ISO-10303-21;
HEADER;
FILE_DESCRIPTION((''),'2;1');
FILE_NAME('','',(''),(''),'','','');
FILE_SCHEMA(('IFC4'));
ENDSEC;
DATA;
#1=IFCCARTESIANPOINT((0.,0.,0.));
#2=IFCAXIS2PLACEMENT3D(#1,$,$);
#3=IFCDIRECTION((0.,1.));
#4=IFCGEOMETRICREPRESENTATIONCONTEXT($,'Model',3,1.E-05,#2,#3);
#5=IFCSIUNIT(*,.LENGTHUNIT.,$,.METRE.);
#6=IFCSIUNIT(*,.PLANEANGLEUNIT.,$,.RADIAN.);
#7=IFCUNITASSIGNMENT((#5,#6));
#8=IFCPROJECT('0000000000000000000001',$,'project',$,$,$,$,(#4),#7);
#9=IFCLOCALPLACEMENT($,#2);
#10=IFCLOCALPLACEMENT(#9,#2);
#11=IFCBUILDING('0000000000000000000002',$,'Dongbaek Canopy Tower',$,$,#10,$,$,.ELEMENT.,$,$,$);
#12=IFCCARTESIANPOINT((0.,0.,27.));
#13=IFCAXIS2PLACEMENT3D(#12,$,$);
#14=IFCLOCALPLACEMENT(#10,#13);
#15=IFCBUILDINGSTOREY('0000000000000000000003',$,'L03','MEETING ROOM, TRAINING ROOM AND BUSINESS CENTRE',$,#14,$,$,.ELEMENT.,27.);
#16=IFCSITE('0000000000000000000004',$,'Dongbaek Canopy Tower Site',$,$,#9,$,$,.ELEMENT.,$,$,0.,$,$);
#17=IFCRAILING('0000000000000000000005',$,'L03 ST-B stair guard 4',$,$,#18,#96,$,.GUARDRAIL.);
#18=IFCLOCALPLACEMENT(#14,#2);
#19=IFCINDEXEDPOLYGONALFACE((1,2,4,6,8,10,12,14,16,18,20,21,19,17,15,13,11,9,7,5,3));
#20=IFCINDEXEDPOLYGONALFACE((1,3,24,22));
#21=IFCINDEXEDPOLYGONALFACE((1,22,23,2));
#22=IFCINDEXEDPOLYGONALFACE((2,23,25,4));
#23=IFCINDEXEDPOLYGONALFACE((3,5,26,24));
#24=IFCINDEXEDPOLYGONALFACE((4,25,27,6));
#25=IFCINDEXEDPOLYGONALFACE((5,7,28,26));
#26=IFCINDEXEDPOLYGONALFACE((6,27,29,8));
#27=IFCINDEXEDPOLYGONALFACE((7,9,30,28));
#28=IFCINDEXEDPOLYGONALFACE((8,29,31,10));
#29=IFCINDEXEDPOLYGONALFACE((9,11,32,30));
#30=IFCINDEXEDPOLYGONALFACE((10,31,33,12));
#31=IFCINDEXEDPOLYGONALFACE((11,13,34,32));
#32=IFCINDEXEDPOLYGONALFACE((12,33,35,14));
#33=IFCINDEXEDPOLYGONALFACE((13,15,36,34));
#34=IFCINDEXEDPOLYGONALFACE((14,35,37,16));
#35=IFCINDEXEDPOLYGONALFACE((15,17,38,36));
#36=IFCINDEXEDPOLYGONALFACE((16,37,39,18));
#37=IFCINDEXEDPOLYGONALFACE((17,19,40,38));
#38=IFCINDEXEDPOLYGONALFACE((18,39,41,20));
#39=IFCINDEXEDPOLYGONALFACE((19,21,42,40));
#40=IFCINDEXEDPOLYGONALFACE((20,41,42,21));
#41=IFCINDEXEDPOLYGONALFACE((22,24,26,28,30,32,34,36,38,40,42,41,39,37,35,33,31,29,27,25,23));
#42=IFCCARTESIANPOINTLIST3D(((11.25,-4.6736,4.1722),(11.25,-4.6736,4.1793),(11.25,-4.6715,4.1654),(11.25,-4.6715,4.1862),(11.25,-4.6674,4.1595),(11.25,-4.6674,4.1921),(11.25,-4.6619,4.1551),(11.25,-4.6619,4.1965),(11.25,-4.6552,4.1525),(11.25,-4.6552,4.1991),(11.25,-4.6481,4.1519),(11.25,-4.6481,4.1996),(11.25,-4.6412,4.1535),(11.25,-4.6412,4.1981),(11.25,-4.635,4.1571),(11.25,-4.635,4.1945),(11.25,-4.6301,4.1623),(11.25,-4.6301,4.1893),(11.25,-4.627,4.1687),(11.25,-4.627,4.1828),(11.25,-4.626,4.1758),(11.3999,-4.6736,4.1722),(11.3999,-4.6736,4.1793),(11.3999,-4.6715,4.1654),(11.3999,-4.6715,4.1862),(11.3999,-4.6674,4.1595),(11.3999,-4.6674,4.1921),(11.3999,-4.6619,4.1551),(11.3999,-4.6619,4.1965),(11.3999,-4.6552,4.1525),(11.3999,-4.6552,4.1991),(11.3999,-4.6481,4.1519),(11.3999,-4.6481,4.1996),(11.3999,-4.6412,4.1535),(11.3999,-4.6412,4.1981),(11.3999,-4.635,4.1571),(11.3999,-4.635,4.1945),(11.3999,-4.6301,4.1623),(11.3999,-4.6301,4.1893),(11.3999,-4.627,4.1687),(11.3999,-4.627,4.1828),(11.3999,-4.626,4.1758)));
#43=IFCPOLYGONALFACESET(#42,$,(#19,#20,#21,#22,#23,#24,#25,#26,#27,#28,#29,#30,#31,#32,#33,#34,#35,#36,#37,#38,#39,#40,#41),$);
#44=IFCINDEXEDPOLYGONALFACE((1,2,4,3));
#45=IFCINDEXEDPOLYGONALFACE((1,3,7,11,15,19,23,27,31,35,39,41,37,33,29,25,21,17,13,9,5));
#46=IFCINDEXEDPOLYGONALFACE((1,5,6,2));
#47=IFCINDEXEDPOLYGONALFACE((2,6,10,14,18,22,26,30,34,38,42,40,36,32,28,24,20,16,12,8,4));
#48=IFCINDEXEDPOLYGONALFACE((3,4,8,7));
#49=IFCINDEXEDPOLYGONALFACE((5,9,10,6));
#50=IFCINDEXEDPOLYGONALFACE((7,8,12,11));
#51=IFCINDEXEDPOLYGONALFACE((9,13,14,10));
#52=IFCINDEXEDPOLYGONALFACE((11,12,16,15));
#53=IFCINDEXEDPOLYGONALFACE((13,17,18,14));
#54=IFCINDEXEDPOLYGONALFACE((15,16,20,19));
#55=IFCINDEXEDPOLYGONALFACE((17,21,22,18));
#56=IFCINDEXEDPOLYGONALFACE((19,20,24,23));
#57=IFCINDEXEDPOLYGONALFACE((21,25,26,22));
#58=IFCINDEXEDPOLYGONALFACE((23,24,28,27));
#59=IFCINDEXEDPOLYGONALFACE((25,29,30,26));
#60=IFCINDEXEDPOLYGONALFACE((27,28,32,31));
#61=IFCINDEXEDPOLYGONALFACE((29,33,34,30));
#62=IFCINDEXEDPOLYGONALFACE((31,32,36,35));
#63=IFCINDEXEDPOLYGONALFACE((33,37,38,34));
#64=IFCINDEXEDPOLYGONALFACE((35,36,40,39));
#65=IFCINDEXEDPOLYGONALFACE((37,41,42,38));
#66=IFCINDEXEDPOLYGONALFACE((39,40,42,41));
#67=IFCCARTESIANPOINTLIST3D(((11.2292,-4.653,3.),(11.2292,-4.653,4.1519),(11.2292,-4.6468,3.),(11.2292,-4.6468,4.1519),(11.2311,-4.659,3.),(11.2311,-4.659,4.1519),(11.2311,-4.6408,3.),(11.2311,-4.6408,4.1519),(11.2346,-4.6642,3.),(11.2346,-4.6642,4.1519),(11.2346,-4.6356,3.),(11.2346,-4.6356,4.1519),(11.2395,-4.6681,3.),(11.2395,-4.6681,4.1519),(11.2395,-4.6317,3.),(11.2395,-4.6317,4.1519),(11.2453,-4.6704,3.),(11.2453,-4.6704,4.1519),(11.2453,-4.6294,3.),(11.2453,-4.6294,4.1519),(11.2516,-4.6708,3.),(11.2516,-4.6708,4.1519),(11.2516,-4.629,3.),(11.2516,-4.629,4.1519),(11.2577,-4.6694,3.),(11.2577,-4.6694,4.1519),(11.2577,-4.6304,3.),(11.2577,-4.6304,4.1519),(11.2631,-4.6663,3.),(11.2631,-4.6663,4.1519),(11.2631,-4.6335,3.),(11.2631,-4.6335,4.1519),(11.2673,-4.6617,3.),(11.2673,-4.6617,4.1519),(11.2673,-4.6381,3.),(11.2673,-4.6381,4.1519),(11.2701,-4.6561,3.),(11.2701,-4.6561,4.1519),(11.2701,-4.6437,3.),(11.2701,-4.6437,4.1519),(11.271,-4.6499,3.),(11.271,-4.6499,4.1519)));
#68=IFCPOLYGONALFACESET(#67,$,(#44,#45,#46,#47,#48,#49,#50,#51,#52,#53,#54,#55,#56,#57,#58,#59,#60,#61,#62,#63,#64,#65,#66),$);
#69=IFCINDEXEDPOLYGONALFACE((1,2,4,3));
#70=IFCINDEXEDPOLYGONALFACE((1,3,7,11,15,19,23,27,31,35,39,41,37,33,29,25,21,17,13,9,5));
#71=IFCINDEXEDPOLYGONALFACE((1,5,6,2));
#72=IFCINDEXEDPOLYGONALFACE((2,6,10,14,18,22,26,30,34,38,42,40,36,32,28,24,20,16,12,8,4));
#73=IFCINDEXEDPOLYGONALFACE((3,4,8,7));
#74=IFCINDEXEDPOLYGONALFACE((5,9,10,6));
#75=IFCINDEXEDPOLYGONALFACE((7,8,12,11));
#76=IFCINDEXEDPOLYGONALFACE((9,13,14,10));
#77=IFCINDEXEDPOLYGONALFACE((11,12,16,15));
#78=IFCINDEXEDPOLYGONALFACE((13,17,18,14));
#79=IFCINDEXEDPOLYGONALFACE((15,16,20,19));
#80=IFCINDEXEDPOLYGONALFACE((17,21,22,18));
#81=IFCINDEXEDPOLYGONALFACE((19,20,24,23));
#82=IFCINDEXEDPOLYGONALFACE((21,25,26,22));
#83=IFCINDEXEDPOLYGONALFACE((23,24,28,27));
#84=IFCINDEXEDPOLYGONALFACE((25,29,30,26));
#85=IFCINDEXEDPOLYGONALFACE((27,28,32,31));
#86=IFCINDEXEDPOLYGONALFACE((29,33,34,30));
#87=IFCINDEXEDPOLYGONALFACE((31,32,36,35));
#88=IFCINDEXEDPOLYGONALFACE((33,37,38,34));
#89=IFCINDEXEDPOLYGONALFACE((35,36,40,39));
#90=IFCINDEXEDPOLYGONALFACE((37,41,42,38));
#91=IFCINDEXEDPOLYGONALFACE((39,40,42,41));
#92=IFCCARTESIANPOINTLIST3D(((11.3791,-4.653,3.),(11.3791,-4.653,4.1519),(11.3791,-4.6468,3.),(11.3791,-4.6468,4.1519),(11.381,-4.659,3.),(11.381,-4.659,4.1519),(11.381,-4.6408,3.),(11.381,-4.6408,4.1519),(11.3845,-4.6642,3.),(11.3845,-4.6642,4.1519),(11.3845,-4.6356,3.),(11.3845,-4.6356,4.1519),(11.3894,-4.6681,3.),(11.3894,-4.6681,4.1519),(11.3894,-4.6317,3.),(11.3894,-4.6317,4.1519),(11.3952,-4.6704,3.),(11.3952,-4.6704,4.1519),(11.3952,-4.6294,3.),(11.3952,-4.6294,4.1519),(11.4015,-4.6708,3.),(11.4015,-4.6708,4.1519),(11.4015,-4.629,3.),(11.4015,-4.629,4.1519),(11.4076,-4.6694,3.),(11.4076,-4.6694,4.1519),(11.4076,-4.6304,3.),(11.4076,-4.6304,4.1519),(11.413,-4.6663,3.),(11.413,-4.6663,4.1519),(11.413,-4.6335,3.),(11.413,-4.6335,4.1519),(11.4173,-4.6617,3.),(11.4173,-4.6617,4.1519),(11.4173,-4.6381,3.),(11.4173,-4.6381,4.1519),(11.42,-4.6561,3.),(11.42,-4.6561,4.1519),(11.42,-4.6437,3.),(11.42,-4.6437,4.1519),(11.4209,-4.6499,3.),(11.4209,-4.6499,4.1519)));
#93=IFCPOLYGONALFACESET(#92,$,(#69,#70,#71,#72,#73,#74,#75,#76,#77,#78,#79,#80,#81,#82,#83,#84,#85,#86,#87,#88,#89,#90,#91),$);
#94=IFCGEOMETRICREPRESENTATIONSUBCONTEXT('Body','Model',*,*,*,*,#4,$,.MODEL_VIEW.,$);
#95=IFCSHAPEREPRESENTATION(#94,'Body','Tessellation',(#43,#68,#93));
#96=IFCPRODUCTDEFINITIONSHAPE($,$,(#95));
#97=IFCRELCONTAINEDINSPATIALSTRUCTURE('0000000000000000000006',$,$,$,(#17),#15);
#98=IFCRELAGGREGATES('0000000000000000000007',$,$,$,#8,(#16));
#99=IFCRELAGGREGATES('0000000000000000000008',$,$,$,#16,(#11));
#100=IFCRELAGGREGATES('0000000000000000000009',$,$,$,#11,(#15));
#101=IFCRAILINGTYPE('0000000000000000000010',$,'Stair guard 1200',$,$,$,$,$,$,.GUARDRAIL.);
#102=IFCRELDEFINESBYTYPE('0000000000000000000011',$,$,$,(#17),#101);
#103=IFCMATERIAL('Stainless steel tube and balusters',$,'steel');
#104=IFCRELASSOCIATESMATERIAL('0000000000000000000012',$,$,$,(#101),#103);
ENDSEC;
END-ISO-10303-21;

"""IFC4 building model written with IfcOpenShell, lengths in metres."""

from ifc_helpers import new_model, si_unit, direction, frame, origin, origin_2d, place, context, subcontext, project, spatial, circle, extrude, material, type_object, element, save


model = new_model("IFC4")

# Units and contexts
model_context = context("Model", 3, precision=1e-05, world=origin(), true_north=direction((0.0, 1.0)))
body_context = subcontext(model_context, "Body", "Model", "MODEL_VIEW")
ifc_project = project(units=[si_unit("LENGTHUNIT", "METRE"), si_unit("PLANEANGLEUNIT", "RADIAN")], contexts=[model_context])

# Site, building, storey
site_placement = place(None, origin())
site = spatial("IfcSite", under=ifc_project, at=site_placement, Name="Dongbaek Canopy Tower Site", CompositionType="ELEMENT", RefElevation=0.0)
building_placement = place(site_placement, origin())
building = spatial("IfcBuilding", under=site, at=building_placement, Name="Dongbaek Canopy Tower", CompositionType="ELEMENT")
storey_placement = place(building_placement, frame((0.0, 0.0, 27.0)))
storey = spatial("IfcBuildingStorey", under=building, at=storey_placement, Name="L03", Description="MEETING ROOM, TRAINING ROOM AND BUSINESS CENTRE", CompositionType="ELEMENT", Elevation=27.0)

# Railing
ifc_material_1 = material(Name="Stainless steel tube and balusters", Category="steel")
railing_type_1 = type_object("IfcRailingType", Name="Stair guard 1200", PredefinedType="GUARDRAIL", material=ifc_material_1)
railing_1_placement = place(storey_placement, frame((11.25, -4.6499, 3.0)))
element("IfcRailing", 1, at=railing_1_placement, inside=storey, type_object=railing_type_1, Name="L03 ST-B stair guard 4", PredefinedType="GUARDRAIL", context=body_context, shape_type="SweptSolid", body=[
    extrude(circle(Radius=0.0239, at=origin_2d()), frame((0.0, 0.0, 1.1758), z_axis=(1.0, 0.0, 0.0), x_axis=(0.0, 1.0, 0.0)), (0.0, 0.0, 1.0), 0.1499),
    extrude(circle(Radius=0.021, at=origin_2d()), origin(), (0.0, 0.0, 1.0), 1.1519),
    extrude(circle(Radius=0.021, at=origin_2d()), frame((0.1499, 0.0, 0.0)), (0.0, 0.0, 1.0), 1.1519),
])

save(model, "model.ifc")
